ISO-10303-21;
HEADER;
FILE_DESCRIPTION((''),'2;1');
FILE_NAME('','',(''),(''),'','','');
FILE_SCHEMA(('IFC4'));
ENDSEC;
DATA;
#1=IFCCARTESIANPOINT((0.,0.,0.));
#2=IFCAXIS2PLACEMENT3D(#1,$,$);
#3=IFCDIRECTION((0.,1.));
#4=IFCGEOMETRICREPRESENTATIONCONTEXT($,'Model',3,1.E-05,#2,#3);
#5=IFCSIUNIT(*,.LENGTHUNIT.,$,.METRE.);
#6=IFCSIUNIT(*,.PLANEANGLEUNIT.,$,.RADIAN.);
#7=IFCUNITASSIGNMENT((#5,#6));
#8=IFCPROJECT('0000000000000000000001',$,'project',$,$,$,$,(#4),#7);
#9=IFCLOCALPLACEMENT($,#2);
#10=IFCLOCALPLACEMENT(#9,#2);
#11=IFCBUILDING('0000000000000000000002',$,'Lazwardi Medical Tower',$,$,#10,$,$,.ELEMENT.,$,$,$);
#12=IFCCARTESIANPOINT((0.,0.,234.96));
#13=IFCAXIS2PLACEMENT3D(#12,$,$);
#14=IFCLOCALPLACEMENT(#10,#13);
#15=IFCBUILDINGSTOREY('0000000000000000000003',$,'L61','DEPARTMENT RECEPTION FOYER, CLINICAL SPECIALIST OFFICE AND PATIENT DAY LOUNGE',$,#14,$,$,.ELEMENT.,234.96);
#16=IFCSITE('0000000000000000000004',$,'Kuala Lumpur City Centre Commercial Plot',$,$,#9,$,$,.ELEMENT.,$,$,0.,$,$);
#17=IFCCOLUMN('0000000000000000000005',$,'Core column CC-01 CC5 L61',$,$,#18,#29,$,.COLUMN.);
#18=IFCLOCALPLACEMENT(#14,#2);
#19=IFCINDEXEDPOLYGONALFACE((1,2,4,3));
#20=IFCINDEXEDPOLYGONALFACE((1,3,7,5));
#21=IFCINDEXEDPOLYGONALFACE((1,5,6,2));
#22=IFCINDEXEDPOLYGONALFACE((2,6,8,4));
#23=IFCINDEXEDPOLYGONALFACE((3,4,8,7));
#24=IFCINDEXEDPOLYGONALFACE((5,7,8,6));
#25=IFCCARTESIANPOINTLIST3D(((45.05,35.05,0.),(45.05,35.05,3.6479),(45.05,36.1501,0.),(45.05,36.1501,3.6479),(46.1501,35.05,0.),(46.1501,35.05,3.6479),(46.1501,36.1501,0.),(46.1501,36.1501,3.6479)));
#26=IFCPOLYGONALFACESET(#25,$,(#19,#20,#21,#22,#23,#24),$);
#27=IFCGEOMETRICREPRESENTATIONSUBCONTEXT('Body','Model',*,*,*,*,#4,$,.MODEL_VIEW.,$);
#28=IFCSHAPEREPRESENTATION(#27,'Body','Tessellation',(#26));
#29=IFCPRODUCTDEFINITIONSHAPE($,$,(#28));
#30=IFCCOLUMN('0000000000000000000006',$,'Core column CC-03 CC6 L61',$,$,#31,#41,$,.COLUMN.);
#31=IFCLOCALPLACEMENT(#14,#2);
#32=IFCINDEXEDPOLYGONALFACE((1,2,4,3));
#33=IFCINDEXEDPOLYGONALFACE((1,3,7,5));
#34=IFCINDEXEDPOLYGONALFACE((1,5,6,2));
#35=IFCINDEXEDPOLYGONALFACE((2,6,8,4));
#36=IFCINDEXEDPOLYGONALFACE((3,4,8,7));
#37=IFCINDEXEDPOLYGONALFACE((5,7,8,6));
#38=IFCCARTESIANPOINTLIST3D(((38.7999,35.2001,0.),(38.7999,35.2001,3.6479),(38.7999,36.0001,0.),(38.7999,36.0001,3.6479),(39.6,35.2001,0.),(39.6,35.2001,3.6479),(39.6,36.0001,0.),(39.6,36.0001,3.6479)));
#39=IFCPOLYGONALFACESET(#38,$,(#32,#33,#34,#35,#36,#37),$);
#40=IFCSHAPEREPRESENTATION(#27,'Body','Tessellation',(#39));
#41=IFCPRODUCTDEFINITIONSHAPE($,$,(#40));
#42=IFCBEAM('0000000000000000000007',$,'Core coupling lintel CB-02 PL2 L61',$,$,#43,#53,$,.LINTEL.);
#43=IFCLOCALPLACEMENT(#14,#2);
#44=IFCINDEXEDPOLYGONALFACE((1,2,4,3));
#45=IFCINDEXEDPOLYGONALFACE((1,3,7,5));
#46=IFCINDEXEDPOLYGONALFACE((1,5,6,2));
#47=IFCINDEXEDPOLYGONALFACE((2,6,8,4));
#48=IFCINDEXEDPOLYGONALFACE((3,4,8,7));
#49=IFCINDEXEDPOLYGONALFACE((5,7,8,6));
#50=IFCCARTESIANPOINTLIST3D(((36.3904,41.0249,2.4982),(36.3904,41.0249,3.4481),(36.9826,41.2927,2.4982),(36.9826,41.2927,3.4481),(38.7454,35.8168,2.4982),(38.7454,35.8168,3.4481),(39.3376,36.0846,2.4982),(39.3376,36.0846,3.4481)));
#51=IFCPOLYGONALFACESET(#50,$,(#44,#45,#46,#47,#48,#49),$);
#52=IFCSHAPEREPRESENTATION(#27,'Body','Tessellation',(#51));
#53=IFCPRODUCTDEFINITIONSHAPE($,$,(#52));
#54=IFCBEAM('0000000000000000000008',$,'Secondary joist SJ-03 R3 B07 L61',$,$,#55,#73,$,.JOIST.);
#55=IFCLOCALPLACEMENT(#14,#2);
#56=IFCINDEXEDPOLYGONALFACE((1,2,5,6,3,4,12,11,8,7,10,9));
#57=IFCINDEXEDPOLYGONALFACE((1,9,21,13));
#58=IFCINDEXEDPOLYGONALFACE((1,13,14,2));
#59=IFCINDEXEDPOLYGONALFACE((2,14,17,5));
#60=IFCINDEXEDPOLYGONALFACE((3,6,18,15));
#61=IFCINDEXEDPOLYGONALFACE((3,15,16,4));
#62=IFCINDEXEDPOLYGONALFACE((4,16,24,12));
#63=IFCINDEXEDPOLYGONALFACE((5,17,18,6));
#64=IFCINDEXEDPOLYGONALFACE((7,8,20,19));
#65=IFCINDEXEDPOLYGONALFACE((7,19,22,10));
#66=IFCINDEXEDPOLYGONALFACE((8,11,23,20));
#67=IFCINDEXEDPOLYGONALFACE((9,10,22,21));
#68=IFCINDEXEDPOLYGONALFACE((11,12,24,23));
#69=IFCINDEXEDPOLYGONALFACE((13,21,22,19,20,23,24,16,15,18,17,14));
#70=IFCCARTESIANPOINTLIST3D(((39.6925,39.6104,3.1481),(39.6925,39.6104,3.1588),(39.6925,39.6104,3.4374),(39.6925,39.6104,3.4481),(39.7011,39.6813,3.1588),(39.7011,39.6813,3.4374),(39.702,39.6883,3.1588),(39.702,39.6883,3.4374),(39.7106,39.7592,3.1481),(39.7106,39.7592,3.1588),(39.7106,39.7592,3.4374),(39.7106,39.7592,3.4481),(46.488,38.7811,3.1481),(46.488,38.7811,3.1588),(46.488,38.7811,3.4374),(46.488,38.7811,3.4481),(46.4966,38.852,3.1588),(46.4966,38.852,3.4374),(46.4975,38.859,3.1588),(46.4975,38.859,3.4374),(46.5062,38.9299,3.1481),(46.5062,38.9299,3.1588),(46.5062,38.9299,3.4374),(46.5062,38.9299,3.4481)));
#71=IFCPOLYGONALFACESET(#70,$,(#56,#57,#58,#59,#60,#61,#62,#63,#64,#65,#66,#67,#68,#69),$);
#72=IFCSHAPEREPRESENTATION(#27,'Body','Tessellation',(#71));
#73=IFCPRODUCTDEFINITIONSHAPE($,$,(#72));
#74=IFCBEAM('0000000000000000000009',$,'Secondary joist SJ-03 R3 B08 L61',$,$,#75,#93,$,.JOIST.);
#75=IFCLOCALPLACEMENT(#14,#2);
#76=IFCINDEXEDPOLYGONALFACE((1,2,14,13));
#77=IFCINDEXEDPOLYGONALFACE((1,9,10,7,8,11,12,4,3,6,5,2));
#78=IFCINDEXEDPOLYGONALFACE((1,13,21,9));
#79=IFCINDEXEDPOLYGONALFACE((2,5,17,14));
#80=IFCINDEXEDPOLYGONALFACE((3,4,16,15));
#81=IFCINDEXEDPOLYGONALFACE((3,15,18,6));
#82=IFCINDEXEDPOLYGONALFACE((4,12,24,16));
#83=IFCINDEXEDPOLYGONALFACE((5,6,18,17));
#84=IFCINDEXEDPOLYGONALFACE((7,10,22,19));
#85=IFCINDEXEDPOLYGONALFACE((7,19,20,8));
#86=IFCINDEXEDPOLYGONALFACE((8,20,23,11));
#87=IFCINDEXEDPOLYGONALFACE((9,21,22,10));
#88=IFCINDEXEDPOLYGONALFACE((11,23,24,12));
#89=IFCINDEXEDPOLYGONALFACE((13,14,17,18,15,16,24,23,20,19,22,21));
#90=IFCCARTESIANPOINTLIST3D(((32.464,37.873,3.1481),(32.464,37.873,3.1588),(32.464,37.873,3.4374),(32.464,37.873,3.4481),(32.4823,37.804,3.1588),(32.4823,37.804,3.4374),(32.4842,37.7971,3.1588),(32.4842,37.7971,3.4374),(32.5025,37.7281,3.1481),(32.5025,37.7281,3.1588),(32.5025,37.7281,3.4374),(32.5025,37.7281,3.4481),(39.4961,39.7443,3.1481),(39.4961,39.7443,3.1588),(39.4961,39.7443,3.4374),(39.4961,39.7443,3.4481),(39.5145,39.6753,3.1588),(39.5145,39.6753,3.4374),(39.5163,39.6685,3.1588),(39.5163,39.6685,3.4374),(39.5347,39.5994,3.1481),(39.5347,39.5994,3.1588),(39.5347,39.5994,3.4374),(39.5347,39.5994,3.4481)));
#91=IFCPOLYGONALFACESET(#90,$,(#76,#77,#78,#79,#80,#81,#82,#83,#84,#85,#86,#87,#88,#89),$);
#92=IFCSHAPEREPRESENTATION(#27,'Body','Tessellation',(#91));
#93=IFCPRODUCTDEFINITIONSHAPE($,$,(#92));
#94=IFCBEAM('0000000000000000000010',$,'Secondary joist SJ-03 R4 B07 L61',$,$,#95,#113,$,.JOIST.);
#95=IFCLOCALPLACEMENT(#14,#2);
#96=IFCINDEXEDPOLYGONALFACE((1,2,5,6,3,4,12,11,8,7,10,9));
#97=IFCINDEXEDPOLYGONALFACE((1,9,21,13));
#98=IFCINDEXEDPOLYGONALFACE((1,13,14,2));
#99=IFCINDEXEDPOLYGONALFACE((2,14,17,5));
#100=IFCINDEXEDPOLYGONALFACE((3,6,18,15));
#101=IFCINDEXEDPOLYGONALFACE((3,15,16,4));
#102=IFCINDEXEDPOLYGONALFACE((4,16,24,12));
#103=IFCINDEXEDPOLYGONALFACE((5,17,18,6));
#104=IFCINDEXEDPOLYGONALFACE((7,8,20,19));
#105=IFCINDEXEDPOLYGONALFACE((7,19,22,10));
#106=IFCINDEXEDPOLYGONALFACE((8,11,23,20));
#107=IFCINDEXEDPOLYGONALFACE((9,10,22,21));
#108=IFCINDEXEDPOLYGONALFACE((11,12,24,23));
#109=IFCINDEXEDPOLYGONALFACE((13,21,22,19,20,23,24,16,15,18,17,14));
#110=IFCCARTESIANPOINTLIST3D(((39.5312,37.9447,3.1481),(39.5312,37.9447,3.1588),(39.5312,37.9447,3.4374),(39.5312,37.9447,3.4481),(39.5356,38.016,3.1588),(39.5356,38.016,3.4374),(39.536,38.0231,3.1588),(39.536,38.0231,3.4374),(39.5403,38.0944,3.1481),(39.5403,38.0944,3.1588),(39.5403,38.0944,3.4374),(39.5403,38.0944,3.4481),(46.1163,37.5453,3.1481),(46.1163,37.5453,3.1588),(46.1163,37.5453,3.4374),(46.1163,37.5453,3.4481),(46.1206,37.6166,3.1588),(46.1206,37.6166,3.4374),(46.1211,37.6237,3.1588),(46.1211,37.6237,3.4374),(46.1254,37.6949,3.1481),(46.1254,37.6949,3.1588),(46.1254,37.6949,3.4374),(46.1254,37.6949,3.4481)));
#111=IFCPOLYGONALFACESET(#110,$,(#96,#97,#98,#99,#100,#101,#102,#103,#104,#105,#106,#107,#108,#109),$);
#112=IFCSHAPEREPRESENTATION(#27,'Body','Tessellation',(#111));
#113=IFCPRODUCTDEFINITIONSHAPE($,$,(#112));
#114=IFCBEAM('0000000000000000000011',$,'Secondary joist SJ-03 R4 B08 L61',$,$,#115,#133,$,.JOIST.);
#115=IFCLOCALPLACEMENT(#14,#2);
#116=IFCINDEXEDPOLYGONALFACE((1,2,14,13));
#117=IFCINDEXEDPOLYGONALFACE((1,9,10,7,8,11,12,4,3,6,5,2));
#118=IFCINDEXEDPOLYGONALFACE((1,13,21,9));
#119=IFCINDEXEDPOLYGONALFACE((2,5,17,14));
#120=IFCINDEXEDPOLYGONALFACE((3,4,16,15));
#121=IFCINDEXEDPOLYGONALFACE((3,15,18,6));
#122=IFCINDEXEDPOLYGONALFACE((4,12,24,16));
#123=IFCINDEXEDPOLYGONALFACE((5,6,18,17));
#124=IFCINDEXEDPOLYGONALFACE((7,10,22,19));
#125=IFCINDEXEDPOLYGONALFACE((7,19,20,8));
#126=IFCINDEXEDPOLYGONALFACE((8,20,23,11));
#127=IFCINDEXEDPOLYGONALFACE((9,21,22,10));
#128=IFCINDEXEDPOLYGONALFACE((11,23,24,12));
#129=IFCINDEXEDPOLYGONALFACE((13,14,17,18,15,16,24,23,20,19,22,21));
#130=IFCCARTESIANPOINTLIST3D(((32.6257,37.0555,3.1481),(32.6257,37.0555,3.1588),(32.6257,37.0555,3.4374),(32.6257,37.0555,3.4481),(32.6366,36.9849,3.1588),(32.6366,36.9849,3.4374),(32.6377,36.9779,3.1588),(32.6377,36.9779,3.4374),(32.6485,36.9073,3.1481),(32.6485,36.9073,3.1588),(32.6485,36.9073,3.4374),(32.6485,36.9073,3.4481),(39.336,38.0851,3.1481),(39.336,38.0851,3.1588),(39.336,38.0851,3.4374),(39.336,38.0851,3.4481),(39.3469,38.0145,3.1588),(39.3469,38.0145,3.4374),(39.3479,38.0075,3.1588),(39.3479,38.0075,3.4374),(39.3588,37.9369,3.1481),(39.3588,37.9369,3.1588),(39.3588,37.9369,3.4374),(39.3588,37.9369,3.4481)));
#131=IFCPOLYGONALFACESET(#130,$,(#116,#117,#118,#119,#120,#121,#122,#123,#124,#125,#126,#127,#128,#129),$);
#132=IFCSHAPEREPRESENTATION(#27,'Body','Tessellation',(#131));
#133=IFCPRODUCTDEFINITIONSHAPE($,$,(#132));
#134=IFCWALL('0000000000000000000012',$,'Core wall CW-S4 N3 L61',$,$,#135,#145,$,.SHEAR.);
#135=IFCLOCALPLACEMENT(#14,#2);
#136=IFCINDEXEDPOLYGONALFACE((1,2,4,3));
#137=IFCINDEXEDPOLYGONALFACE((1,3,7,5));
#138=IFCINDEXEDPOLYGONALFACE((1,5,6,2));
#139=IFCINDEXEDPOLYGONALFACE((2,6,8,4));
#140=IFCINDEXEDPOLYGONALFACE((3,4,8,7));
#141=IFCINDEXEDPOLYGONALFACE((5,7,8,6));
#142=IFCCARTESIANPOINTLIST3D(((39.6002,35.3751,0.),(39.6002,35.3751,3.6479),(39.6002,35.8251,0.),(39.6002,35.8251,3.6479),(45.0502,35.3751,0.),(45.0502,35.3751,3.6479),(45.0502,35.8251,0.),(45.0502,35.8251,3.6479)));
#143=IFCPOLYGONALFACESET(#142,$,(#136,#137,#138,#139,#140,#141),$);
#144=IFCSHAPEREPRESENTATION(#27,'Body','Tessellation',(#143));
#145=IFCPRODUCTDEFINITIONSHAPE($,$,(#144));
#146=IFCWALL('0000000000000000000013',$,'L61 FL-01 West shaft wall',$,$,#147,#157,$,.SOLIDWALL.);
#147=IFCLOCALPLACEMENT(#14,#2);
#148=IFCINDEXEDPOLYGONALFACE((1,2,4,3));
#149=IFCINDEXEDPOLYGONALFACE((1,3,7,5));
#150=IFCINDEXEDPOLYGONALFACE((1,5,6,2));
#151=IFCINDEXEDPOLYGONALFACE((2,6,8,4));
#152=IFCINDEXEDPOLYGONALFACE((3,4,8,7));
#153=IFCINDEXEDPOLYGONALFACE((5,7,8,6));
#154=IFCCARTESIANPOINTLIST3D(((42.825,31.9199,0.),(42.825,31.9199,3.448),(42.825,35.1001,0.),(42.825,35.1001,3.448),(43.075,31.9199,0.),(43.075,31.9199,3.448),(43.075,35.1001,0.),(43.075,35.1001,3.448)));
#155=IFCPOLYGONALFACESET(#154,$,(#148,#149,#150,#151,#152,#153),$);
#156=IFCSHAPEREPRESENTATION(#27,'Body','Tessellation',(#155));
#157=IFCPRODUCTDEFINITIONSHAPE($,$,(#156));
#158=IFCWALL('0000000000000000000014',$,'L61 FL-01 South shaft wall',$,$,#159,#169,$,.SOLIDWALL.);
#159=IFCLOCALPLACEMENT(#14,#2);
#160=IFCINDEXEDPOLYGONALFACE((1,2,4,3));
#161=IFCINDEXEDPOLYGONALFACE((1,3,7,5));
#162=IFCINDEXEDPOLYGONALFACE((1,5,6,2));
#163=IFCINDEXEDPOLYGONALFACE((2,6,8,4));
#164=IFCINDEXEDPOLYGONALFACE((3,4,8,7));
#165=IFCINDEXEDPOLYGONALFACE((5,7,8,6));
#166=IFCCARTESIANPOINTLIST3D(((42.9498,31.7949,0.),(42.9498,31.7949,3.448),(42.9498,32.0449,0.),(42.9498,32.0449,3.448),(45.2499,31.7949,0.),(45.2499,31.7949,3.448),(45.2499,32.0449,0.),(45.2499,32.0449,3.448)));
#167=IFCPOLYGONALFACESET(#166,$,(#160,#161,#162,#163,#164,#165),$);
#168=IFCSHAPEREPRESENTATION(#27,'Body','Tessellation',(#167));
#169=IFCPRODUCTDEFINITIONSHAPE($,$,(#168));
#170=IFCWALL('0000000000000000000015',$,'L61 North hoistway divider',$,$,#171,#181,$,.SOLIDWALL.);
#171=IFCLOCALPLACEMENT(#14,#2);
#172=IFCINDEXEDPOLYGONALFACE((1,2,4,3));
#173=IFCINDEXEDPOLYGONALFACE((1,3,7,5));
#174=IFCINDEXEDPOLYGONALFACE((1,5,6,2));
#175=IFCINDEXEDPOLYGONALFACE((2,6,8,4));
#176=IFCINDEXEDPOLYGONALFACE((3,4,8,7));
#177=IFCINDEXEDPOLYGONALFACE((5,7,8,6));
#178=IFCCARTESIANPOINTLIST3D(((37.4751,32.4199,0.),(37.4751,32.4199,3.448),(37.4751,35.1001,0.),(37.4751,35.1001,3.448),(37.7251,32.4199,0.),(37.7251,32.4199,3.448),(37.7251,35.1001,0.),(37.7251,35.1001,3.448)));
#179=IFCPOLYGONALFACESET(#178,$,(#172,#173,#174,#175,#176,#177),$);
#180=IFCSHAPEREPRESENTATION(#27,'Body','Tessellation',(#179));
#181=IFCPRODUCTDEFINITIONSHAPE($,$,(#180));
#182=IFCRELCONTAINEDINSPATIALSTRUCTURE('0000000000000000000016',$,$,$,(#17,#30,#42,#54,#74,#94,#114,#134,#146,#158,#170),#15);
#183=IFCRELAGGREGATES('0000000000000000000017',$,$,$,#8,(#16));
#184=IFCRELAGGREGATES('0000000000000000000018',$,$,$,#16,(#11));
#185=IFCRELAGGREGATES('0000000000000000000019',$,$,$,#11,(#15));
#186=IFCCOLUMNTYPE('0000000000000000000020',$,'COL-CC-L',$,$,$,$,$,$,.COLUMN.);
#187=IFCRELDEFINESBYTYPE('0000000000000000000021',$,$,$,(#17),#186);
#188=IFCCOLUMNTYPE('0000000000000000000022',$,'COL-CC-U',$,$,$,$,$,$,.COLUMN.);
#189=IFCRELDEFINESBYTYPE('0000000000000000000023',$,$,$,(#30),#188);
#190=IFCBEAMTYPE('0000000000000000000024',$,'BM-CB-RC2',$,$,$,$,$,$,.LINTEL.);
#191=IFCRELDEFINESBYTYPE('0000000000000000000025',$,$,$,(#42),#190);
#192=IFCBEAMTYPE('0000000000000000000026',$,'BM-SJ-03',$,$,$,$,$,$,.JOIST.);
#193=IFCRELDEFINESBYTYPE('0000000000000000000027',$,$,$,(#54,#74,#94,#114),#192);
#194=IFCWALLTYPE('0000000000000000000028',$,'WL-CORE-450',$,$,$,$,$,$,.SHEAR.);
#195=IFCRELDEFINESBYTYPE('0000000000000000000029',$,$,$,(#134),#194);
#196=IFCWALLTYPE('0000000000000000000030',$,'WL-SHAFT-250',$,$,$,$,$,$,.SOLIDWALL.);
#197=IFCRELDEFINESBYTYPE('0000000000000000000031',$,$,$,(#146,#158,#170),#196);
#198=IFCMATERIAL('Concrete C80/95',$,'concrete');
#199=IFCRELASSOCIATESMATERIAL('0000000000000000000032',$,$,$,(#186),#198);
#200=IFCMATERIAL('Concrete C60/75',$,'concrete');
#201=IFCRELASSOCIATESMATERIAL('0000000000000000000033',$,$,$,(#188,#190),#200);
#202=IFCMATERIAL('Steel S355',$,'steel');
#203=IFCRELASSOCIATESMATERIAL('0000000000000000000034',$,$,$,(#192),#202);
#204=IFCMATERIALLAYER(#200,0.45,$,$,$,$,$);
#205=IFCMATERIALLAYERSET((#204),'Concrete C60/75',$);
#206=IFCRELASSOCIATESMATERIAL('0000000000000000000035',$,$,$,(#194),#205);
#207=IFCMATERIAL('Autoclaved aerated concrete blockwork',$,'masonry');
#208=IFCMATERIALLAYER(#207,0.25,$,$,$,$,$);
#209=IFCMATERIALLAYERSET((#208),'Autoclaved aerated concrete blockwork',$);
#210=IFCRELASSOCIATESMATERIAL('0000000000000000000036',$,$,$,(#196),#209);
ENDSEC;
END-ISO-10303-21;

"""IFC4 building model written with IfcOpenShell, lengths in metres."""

from ifc_helpers import new_model, si_unit, direction, frame, frame_2d, origin, origin_2d, place, context, subcontext, project, spatial, rectangle, i_section, extrude, material, layer, layer_set, material_profile, profile_set, type_object, element, save


model = new_model("IFC4")

# Units and contexts
model_context = context("Model", 3, precision=1e-05, world=origin(), true_north=direction((0.0, 1.0)))
body_context = subcontext(model_context, "Body", "Model", "MODEL_VIEW")
ifc_project = project(units=[si_unit("LENGTHUNIT", "METRE"), si_unit("PLANEANGLEUNIT", "RADIAN")], contexts=[model_context])

# Site, building, storey
site_placement = place(None, origin())
site = spatial("IfcSite", under=ifc_project, at=site_placement, Name="Kuala Lumpur City Centre Commercial Plot", CompositionType="ELEMENT", RefElevation=0.0)
building_placement = place(site_placement, origin())
building = spatial("IfcBuilding", under=site, at=building_placement, Name="Lazwardi Medical Tower", CompositionType="ELEMENT")
storey_placement = place(building_placement, frame((0.0, 0.0, 234.96)))
storey = spatial("IfcBuildingStorey", under=building, at=storey_placement, Name="L61", Description="DEPARTMENT RECEPTION FOYER, CLINICAL SPECIALIST OFFICE AND PATIENT DAY LOUNGE", CompositionType="ELEMENT", Elevation=234.96)

# Columns
ifc_material_1 = material(Name="Concrete C80/95", Category="concrete")
ifc_material_profile_1 = material_profile(ifc_material_1, rectangle(XDim=1.1001, YDim=1.1001, at=origin_2d()), Name="RC 1100x1100")
ifc_profile_set_1 = profile_set([ifc_material_profile_1], Name="Concrete C80/95")
column_type_1 = type_object("IfcColumnType", Name="COL-CC-L", PredefinedType="COLUMN", material=ifc_profile_set_1)
column_1_placement = place(storey_placement, frame((45.6001, 35.6001, 0.0), z_axis=(0.0, 0.0, 1.0), x_axis=(1.0, 0.0, 0.0)))
element("IfcColumn", 1, at=column_1_placement, inside=storey, type_object=column_type_1, Name="Core column CC-01 CC5 L61", PredefinedType="COLUMN", context=body_context, shape_type="SweptSolid", body=[
    extrude(rectangle(XDim=1.1001, YDim=1.1001, at=origin_2d()), origin(), (0.0, 0.0, 1.0), 3.6479),
])
ifc_material_2 = material(Name="Concrete C60/75", Category="concrete")
ifc_material_profile_2 = material_profile(ifc_material_2, rectangle(XDim=0.8, YDim=0.8, at=origin_2d()), Name="RC 800x800")
ifc_profile_set_2 = profile_set([ifc_material_profile_2], Name="Concrete C60/75")
column_type_2 = type_object("IfcColumnType", Name="COL-CC-U", PredefinedType="COLUMN", material=ifc_profile_set_2)
column_2_placement = place(storey_placement, frame((39.2, 35.6001, 0.0), z_axis=(0.0, 0.0, 1.0), x_axis=(1.0, 0.0, 0.0)))
element("IfcColumn", 2, at=column_2_placement, inside=storey, type_object=column_type_2, Name="Core column CC-03 CC6 L61", PredefinedType="COLUMN", context=body_context, shape_type="SweptSolid", body=[
    extrude(rectangle(XDim=0.8, YDim=0.8, at=origin_2d()), origin(), (0.0, 0.0, 1.0), 3.6479),
])

# Beams
ifc_material_profile_3 = material_profile(ifc_material_2, rectangle(XDim=0.6499, YDim=0.95, at=origin_2d()), Name="RC 650x950")
ifc_profile_set_3 = profile_set([ifc_material_profile_3], Name="Concrete C60/75")
beam_type_1 = type_object("IfcBeamType", Name="BM-CB-RC2", PredefinedType="LINTEL", material=ifc_profile_set_3)
beam_1_placement = place(storey_placement, frame((39.0415, 35.9507, 2.9731), z_axis=(-0.412019, 0.911175, 0.0), x_axis=(-0.911175, -0.412019, 0.0)))
element("IfcBeam", 3, at=beam_1_placement, inside=storey, type_object=beam_type_1, Name="Core coupling lintel CB-02 PL2 L61", PredefinedType="LINTEL", context=body_context, shape_type="SweptSolid", body=[
    extrude(rectangle(XDim=0.6499, YDim=0.95, at=origin_2d()), origin(), (0.0, 0.0, 1.0), 5.7158),
])
ifc_material_3 = material(Name="Steel S355", Category="steel")
ifc_material_profile_4 = material_profile(ifc_material_3, i_section(OverallWidth=0.1499, OverallDepth=0.3, WebThickness=0.0071, FlangeThickness=0.0107, at=origin_2d()), Name="IPE 300")
ifc_profile_set_4 = profile_set([ifc_material_profile_4], Name="Steel S355")
beam_type_2 = type_object("IfcBeamType", Name="BM-SJ-03", PredefinedType="JOIST", material=ifc_profile_set_4)
beam_2_placement = place(storey_placement, frame((46.4971, 38.8555, 3.2981), z_axis=(-0.992635, 0.121146, 0.0), x_axis=(-0.121146, -0.992635, 0.0)))
element("IfcBeam", 4, at=beam_2_placement, inside=storey, type_object=beam_type_2, Name="Secondary joist SJ-03 R3 B07 L61", PredefinedType="JOIST", context=body_context, shape_type="SweptSolid", body=[
    extrude(i_section(OverallWidth=0.1499, OverallDepth=0.3, WebThickness=0.0071, FlangeThickness=0.0107, at=origin_2d()), origin(), (0.0, 0.0, 1.0), 6.8459),
])
beam_3_placement = place(storey_placement, frame((39.5154, 39.6719, 3.2981), z_axis=(-0.966369, -0.257159, 0.0), x_axis=(0.257159, -0.966369, 0.0)))
element("IfcBeam", 5, at=beam_3_placement, inside=storey, type_object=beam_type_2, Name="Secondary joist SJ-03 R3 B08 L61", PredefinedType="JOIST", context=body_context, shape_type="SweptSolid", body=[
    extrude(i_section(OverallWidth=0.1499, OverallDepth=0.3, WebThickness=0.0071, FlangeThickness=0.0107, at=origin_2d()), origin(), (0.0, 0.0, 1.0), 7.2769),
])
beam_4_placement = place(storey_placement, frame((46.1208, 37.6201, 3.2981), z_axis=(-0.998166, 0.060544, 0.0), x_axis=(-0.060544, -0.998166, 0.0)))
element("IfcBeam", 6, at=beam_4_placement, inside=storey, type_object=beam_type_2, Name="Secondary joist SJ-03 R4 B07 L61", PredefinedType="JOIST", context=body_context, shape_type="SweptSolid", body=[
    extrude(i_section(OverallWidth=0.1499, OverallDepth=0.3, WebThickness=0.0071, FlangeThickness=0.0107, at=origin_2d()), origin(), (0.0, 0.0, 1.0), 6.5972),
])
beam_5_placement = place(storey_placement, frame((39.3474, 38.011, 3.2981), z_axis=(-0.988434, -0.151655, 0.0), x_axis=(0.151655, -0.988434, 0.0)))
element("IfcBeam", 7, at=beam_5_placement, inside=storey, type_object=beam_type_2, Name="Secondary joist SJ-03 R4 B08 L61", PredefinedType="JOIST", context=body_context, shape_type="SweptSolid", body=[
    extrude(i_section(OverallWidth=0.1499, OverallDepth=0.3, WebThickness=0.0071, FlangeThickness=0.0107, at=origin_2d()), origin(), (0.0, 0.0, 1.0), 6.7888),
])

# Walls
ifc_layer_1 = layer(ifc_material_2, 0.45)
ifc_layer_set_1 = layer_set([ifc_layer_1], Name="Concrete C60/75")
wall_type_1 = type_object("IfcWallType", Name="WL-CORE-450", PredefinedType="SHEAR", material=ifc_layer_set_1)
wall_1_placement = place(storey_placement, frame((39.6001, 35.6001, 0.0), z_axis=(0.0, 0.0, 1.0), x_axis=(1.0, 0.0, 0.0)))
element("IfcWall", 8, at=wall_1_placement, inside=storey, type_object=wall_type_1, Name="Core wall CW-S4 N3 L61", PredefinedType="SHEAR", context=body_context, shape_type="SweptSolid", body=[
    extrude(rectangle(XDim=5.45, YDim=0.45, at=frame_2d((2.7251, 0.0))), origin(), (0.0, 0.0, 1.0), 3.6479),
])
ifc_material_4 = material(Name="Autoclaved aerated concrete blockwork", Category="masonry")
ifc_layer_2 = layer(ifc_material_4, 0.25)
ifc_layer_set_2 = layer_set([ifc_layer_2], Name="Autoclaved aerated concrete blockwork")
wall_type_2 = type_object("IfcWallType", Name="WL-SHAFT-250", PredefinedType="SOLIDWALL", material=ifc_layer_set_2)
wall_2_placement = place(storey_placement, frame((42.95, 31.9199, 0.0), z_axis=(0.0, 0.0, 1.0), x_axis=(0.0, 1.0, 0.0)))
element("IfcWall", 9, at=wall_2_placement, inside=storey, type_object=wall_type_2, Name="L61 FL-01 West shaft wall", PredefinedType="SOLIDWALL", context=body_context, shape_type="SweptSolid", body=[
    extrude(rectangle(XDim=3.1802, YDim=0.25, at=frame_2d((1.5901, 0.0))), origin(), (0.0, 0.0, 1.0), 3.448),
])
wall_3_placement = place(storey_placement, frame((42.95, 31.9199, 0.0), z_axis=(0.0, 0.0, 1.0), x_axis=(1.0, 0.0, 0.0)))
element("IfcWall", 10, at=wall_3_placement, inside=storey, type_object=wall_type_2, Name="L61 FL-01 South shaft wall", PredefinedType="SOLIDWALL", context=body_context, shape_type="SweptSolid", body=[
    extrude(rectangle(XDim=2.3, YDim=0.25, at=frame_2d((1.1499, 0.0))), origin(), (0.0, 0.0, 1.0), 3.448),
])
for number, where, z_axis, x_axis, name in (
    (11, (37.6001, 32.4199, 0.0), (0.0, 0.0, 1.0), (0.0, 1.0, 0.0), "L61 North hoistway divider"),
):
    element("IfcWall", number, at=place(storey_placement, frame(where, z_axis=z_axis, x_axis=x_axis)), inside=storey, type_object=wall_type_2, Name=name, PredefinedType="SOLIDWALL", context=body_context, shape_type="SweptSolid", body=[
        extrude(rectangle(XDim=2.6802, YDim=0.25, at=frame_2d((1.3401, 0.0))), origin(), (0.0, 0.0, 1.0), 3.448),
    ])

save(model, "model.ifc")
